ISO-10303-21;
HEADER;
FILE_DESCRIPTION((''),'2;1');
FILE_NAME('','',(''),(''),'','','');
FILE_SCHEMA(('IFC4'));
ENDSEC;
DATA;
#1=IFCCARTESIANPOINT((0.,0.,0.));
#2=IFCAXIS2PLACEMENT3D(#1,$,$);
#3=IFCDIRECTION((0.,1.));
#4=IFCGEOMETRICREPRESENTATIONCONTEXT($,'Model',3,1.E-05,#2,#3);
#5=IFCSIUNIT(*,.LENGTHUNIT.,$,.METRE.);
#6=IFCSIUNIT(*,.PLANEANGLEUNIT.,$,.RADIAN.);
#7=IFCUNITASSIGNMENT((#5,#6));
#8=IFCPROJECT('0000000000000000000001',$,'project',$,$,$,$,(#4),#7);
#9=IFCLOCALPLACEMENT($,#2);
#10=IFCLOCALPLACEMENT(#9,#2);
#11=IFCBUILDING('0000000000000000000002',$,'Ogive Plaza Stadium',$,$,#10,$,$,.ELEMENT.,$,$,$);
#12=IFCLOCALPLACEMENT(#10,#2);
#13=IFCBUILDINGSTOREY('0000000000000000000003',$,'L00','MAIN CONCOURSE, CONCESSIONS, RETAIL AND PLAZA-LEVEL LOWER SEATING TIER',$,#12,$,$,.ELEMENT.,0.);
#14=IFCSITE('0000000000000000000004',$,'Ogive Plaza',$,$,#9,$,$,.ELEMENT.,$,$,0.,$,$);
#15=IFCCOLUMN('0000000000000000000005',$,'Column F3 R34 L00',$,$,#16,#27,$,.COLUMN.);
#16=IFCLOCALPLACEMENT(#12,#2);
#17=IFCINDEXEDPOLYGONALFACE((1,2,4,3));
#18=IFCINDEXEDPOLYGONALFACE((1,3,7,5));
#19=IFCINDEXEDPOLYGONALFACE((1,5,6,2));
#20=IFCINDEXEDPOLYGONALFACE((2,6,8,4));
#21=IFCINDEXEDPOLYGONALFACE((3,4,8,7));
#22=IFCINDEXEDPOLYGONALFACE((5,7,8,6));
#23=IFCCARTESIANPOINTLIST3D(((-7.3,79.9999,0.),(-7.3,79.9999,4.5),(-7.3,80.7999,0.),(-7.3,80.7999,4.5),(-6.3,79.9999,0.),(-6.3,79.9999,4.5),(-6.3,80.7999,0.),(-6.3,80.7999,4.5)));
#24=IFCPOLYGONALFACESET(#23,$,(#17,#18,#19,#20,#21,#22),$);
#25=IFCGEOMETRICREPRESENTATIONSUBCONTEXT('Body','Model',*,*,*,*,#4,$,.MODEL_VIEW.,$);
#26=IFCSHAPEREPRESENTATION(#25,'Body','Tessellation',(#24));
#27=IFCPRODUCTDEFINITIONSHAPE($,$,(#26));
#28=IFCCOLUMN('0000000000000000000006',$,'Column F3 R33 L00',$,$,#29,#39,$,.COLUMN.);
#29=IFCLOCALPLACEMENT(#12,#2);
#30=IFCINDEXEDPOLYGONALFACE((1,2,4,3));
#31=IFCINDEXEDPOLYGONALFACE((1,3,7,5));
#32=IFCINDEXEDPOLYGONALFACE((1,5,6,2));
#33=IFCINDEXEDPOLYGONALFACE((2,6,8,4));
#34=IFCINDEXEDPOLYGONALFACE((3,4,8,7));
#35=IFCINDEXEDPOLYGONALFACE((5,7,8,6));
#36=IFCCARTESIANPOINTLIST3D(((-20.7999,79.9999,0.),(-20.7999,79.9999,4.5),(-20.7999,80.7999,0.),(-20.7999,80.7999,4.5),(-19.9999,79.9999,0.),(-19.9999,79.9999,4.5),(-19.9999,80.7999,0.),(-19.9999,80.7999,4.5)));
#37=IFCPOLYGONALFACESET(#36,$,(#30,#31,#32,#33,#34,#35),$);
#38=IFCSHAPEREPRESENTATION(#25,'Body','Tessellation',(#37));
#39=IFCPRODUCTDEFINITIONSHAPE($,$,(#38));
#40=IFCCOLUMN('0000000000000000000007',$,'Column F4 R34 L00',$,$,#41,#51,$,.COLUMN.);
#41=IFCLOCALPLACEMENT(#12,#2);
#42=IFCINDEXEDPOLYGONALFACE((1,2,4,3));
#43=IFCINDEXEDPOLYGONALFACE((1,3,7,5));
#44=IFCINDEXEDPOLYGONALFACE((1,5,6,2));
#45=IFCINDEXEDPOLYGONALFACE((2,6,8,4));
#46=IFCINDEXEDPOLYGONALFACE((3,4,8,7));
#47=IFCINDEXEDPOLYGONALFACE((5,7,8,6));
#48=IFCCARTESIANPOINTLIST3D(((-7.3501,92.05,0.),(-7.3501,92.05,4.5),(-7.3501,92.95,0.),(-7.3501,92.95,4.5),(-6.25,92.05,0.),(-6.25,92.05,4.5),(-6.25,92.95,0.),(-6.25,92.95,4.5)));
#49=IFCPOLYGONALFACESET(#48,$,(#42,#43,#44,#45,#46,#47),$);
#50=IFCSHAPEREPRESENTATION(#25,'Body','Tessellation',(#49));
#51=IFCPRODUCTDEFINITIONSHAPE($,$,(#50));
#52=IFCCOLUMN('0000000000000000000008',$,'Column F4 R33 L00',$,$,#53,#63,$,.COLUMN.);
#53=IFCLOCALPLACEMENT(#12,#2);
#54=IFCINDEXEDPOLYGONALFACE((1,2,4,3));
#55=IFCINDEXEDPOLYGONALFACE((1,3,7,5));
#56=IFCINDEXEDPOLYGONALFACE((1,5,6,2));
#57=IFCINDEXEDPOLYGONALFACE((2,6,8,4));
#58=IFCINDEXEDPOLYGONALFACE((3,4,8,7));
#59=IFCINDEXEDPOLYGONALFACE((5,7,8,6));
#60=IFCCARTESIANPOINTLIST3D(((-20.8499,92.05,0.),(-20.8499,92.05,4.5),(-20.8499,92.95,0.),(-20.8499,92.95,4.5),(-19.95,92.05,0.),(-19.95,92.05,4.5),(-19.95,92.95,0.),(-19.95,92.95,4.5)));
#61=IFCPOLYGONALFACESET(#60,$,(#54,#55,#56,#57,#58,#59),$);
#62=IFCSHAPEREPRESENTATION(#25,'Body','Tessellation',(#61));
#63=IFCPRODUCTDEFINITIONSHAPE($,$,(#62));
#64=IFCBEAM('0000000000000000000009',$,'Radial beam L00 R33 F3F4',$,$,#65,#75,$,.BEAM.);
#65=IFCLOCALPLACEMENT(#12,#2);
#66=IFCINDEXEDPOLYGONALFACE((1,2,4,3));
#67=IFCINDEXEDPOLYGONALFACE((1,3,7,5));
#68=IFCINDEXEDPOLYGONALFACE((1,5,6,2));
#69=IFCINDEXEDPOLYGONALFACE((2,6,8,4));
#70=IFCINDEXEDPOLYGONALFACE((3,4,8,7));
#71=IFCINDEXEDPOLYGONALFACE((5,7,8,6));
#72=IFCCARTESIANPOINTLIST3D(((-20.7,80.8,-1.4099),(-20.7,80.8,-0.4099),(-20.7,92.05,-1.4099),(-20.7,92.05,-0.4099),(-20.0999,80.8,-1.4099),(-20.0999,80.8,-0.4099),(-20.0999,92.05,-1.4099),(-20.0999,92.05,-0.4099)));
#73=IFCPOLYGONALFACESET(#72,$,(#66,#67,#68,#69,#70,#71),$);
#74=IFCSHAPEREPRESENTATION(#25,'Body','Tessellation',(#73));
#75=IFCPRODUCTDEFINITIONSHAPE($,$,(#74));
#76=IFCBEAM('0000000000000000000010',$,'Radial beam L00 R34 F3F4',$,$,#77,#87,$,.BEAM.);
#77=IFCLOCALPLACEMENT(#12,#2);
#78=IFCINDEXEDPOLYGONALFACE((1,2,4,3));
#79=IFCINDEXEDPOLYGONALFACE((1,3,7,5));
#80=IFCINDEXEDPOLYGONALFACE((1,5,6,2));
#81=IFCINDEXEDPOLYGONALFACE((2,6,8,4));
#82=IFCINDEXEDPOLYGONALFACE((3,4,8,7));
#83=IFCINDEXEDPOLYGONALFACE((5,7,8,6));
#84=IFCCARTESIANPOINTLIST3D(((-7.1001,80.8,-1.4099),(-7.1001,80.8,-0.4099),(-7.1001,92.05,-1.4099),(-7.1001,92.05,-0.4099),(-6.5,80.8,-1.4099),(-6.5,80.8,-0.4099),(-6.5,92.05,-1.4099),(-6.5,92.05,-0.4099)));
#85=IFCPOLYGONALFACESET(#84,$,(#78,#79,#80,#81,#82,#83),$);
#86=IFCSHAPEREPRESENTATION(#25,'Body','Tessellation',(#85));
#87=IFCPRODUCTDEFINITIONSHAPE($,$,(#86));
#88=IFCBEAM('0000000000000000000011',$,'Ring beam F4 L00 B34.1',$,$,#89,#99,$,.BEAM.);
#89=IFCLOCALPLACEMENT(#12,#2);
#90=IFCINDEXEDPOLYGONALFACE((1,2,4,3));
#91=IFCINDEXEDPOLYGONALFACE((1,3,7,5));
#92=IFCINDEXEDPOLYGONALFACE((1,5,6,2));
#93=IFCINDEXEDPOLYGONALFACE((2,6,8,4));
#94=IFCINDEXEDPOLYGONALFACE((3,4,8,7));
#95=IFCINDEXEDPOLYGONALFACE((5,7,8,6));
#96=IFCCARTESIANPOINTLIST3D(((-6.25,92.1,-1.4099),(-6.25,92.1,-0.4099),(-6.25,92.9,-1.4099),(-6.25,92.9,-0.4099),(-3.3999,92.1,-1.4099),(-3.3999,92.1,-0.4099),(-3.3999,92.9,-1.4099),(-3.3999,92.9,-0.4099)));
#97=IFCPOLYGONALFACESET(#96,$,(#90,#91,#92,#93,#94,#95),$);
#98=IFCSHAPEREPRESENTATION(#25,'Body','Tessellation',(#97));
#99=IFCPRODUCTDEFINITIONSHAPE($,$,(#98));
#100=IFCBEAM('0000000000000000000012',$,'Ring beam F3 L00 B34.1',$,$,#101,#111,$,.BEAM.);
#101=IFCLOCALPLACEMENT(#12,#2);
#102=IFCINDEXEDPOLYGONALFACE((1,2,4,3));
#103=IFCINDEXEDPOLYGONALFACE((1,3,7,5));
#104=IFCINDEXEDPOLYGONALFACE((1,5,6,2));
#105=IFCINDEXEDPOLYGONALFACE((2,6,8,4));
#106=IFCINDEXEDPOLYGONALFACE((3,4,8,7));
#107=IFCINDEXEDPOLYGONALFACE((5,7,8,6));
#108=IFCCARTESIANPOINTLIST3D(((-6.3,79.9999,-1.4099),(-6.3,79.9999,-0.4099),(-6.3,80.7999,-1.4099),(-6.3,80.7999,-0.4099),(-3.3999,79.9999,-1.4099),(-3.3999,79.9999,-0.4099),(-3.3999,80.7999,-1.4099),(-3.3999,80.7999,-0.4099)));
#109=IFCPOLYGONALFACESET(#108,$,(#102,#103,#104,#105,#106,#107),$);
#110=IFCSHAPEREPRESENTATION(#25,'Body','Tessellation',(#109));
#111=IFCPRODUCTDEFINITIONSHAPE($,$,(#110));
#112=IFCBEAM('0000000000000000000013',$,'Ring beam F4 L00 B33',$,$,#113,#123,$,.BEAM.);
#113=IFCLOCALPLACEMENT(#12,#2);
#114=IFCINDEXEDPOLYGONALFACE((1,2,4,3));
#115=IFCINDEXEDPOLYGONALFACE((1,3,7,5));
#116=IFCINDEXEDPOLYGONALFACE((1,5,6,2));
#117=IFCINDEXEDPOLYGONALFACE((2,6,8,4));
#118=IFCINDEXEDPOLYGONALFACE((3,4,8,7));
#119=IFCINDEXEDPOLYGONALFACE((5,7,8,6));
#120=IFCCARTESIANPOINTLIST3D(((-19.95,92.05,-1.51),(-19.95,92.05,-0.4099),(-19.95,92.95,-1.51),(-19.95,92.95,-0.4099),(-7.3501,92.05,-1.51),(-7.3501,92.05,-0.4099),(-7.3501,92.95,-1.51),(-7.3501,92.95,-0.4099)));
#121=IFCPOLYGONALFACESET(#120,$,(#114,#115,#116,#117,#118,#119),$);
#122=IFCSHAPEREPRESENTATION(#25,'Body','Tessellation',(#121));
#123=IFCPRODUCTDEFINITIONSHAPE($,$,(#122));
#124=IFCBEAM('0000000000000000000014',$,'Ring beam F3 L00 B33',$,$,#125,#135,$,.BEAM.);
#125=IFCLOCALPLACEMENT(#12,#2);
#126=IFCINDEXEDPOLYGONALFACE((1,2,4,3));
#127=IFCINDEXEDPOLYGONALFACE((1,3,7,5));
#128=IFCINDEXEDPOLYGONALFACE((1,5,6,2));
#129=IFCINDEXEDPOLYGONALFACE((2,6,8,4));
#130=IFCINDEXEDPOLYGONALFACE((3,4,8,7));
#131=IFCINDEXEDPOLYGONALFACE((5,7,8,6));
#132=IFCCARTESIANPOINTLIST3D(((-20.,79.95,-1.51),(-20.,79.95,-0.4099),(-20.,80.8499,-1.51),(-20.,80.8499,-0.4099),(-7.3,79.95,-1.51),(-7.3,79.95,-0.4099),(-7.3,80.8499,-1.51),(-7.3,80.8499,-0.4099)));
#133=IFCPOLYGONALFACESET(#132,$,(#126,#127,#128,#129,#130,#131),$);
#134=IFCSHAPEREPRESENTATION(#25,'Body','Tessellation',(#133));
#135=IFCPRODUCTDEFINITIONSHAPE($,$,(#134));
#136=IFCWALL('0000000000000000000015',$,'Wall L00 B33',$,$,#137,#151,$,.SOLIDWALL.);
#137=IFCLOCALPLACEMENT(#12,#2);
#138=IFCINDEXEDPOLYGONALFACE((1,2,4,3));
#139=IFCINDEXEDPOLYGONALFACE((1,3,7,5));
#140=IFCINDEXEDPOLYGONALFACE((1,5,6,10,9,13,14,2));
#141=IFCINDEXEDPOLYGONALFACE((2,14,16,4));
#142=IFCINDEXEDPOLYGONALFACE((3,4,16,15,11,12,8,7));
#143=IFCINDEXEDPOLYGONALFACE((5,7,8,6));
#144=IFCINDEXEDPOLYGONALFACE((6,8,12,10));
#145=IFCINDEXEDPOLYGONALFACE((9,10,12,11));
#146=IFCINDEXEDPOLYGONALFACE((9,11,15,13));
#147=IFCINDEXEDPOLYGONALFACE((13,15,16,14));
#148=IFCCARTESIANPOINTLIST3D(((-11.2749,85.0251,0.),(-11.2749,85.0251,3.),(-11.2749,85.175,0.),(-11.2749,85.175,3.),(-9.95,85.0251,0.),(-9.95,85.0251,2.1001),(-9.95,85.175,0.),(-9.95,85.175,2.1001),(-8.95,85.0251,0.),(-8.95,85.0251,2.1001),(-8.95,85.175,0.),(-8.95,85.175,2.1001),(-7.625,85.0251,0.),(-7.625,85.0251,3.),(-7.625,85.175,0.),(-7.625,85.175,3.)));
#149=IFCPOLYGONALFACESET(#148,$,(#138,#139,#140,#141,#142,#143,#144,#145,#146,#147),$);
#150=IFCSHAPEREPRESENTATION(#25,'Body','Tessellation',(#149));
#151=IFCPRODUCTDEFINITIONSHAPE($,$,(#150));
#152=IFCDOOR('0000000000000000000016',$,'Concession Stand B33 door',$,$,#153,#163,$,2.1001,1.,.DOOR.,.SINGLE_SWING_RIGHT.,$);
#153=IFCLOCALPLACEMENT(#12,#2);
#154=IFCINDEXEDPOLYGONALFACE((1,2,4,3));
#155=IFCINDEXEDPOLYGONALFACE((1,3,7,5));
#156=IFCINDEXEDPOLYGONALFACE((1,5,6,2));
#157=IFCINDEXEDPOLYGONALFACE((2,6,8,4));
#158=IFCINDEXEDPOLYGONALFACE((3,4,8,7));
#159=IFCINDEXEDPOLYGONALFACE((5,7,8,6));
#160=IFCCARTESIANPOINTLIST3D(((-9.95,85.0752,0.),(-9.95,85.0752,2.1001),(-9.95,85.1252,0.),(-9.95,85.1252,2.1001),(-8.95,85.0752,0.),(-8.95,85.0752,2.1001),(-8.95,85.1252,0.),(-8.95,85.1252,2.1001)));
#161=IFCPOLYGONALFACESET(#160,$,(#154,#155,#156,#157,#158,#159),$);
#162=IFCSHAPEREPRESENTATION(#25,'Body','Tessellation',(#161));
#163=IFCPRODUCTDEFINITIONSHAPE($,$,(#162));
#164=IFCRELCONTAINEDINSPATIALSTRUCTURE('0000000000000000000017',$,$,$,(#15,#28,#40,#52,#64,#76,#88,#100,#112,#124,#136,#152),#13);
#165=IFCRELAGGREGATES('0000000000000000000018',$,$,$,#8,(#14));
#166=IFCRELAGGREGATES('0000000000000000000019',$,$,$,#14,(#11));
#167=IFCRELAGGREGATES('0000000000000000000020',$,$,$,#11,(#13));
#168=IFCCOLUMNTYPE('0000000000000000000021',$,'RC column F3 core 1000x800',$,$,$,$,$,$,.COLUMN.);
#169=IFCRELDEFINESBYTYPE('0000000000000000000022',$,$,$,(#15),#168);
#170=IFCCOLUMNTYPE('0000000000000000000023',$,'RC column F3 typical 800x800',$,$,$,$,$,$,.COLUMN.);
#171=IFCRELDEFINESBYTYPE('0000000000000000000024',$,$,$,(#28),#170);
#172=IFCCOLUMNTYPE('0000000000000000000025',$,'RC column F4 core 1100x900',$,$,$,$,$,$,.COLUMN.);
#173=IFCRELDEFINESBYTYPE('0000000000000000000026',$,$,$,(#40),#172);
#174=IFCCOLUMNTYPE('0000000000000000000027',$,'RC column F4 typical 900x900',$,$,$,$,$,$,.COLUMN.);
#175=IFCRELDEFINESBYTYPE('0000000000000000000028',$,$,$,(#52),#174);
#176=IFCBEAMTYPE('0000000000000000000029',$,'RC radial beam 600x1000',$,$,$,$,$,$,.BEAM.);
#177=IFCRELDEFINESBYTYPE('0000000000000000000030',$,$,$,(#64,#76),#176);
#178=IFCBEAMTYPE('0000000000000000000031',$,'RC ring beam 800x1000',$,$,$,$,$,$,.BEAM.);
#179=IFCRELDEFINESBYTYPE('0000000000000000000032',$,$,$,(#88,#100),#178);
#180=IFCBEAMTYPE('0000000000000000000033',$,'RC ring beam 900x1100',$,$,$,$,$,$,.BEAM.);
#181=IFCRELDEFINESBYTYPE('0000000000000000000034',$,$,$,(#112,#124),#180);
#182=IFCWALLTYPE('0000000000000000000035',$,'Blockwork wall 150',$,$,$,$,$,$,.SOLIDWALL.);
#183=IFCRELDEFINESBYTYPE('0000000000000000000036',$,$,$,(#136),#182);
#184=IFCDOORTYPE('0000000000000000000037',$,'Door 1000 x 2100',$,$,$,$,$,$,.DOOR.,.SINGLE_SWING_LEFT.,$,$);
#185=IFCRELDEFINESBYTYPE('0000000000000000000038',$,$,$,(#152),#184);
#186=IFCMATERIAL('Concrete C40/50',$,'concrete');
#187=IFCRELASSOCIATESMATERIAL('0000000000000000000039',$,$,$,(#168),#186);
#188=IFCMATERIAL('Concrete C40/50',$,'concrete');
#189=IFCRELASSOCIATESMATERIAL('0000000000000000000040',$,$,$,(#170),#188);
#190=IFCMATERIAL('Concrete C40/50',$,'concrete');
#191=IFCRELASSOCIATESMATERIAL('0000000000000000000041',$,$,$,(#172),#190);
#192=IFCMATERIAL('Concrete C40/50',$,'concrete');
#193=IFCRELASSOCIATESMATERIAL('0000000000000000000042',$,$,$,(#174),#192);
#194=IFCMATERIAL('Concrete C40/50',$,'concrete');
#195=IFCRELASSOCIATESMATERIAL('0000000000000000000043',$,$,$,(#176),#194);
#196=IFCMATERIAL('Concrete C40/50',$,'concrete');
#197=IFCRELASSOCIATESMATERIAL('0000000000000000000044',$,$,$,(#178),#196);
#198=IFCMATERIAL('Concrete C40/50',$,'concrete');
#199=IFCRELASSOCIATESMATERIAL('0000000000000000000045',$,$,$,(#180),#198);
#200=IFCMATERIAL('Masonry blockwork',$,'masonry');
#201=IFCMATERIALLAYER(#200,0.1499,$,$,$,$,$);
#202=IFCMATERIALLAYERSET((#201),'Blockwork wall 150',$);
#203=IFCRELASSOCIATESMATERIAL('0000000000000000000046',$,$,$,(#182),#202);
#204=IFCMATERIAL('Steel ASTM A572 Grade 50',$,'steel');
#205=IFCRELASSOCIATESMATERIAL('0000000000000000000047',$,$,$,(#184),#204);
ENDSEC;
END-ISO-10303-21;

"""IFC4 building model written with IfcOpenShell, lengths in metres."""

from ifc_helpers import new_model, si_unit, direction, frame, frame_2d, origin, origin_2d, place, context, subcontext, project, spatial, rectangle, extrude, material, layer, layer_set, material_profile, profile_set, type_object, element, fill, save


model = new_model("IFC4")

# Units and contexts
model_context = context("Model", 3, precision=1e-05, world=origin(), true_north=direction((0.0, 1.0)))
body_context = subcontext(model_context, "Body", "Model", "MODEL_VIEW")
ifc_project = project(units=[si_unit("LENGTHUNIT", "METRE"), si_unit("PLANEANGLEUNIT", "RADIAN")], contexts=[model_context])

# Site, building, storey
site_placement = place(None, origin())
site = spatial("IfcSite", under=ifc_project, at=site_placement, Name="Ogive Plaza", CompositionType="ELEMENT", RefElevation=0.0)
building_placement = place(site_placement, origin())
building = spatial("IfcBuilding", under=site, at=building_placement, Name="Ogive Plaza Stadium", CompositionType="ELEMENT")
storey_placement = place(building_placement, origin())
storey = spatial("IfcBuildingStorey", under=building, at=storey_placement, Name="L00", Description="MAIN CONCOURSE, CONCESSIONS, RETAIL AND PLAZA-LEVEL LOWER SEATING TIER", CompositionType="ELEMENT", Elevation=0.0)

# Columns
ifc_material_1 = material(Name="Concrete C40/50", Category="concrete")
ifc_material_profile_1 = material_profile(ifc_material_1, rectangle(XDim=1.0, YDim=0.8, at=origin_2d()), Name="RC 1000x800")
ifc_profile_set_1 = profile_set([ifc_material_profile_1], Name="Concrete C40/50")
column_type_1 = type_object("IfcColumnType", Name="RC column F3 core 1000x800", PredefinedType="COLUMN", material=ifc_profile_set_1)
column_1_placement = place(storey_placement, frame((-6.8, 80.3999, 0.0), z_axis=(0.0, 0.0, 1.0), x_axis=(-1.0, 0.0, 0.0)))
element("IfcColumn", 1, at=column_1_placement, inside=storey, type_object=column_type_1, Name="Column F3 R34 L00", PredefinedType="COLUMN", context=body_context, shape_type="SweptSolid", body=[
    extrude(rectangle(XDim=1.0, YDim=0.8, at=origin_2d()), origin(), (0.0, 0.0, 1.0), 4.5),
])
ifc_material_2 = material(Name="Concrete C40/50", Category="concrete")
ifc_material_profile_2 = material_profile(ifc_material_2, rectangle(XDim=0.8, YDim=0.8, at=origin_2d()), Name="RC 800x800")
ifc_profile_set_2 = profile_set([ifc_material_profile_2], Name="Concrete C40/50")
column_type_2 = type_object("IfcColumnType", Name="RC column F3 typical 800x800", PredefinedType="COLUMN", material=ifc_profile_set_2)
column_2_placement = place(storey_placement, frame((-20.3999, 80.3999, 0.0), z_axis=(0.0, 0.0, 1.0), x_axis=(-1.0, 0.0, 0.0)))
element("IfcColumn", 2, at=column_2_placement, inside=storey, type_object=column_type_2, Name="Column F3 R33 L00", PredefinedType="COLUMN", context=body_context, shape_type="SweptSolid", body=[
    extrude(rectangle(XDim=0.8, YDim=0.8, at=origin_2d()), origin(), (0.0, 0.0, 1.0), 4.5),
])
ifc_material_3 = material(Name="Concrete C40/50", Category="concrete")
ifc_material_profile_3 = material_profile(ifc_material_3, rectangle(XDim=1.1001, YDim=0.8999, at=origin_2d()), Name="RC 1100x900")
ifc_profile_set_3 = profile_set([ifc_material_profile_3], Name="Concrete C40/50")
column_type_3 = type_object("IfcColumnType", Name="RC column F4 core 1100x900", PredefinedType="COLUMN", material=ifc_profile_set_3)
column_3_placement = place(storey_placement, frame((-6.8, 92.5, 0.0), z_axis=(0.0, 0.0, 1.0), x_axis=(-1.0, 0.0, 0.0)))
element("IfcColumn", 3, at=column_3_placement, inside=storey, type_object=column_type_3, Name="Column F4 R34 L00", PredefinedType="COLUMN", context=body_context, shape_type="SweptSolid", body=[
    extrude(rectangle(XDim=1.1001, YDim=0.8999, at=origin_2d()), origin(), (0.0, 0.0, 1.0), 4.5),
])
ifc_material_4 = material(Name="Concrete C40/50", Category="concrete")
ifc_material_profile_4 = material_profile(ifc_material_4, rectangle(XDim=0.8999, YDim=0.8999, at=origin_2d()), Name="RC 900x900")
ifc_profile_set_4 = profile_set([ifc_material_profile_4], Name="Concrete C40/50")
column_type_4 = type_object("IfcColumnType", Name="RC column F4 typical 900x900", PredefinedType="COLUMN", material=ifc_profile_set_4)
column_4_placement = place(storey_placement, frame((-20.3999, 92.5, 0.0), z_axis=(0.0, 0.0, 1.0), x_axis=(-1.0, 0.0, 0.0)))
element("IfcColumn", 4, at=column_4_placement, inside=storey, type_object=column_type_4, Name="Column F4 R33 L00", PredefinedType="COLUMN", context=body_context, shape_type="SweptSolid", body=[
    extrude(rectangle(XDim=0.8999, YDim=0.8999, at=origin_2d()), origin(), (0.0, 0.0, 1.0), 4.5),
])

# Beams
ifc_material_5 = material(Name="Concrete C40/50", Category="concrete")
ifc_material_profile_5 = material_profile(ifc_material_5, rectangle(XDim=0.6001, YDim=1.0, at=origin_2d()), Name="RC 600x1000")
ifc_profile_set_5 = profile_set([ifc_material_profile_5], Name="Concrete C40/50")
beam_type_1 = type_object("IfcBeamType", Name="RC radial beam 600x1000", PredefinedType="BEAM", material=ifc_profile_set_5)
for number, where, z_axis, x_axis, name in (
    (5, (-20.3999, 80.8, -0.9099), (0.0, 1.0, 0.0), (-1.0, 0.0, 0.0), "Radial beam L00 R33 F3F4"),
    (6, (-6.8, 80.8, -0.9099), (0.0, 1.0, 0.0), (-1.0, 0.0, 0.0), "Radial beam L00 R34 F3F4"),
):
    element("IfcBeam", number, at=place(storey_placement, frame(where, z_axis=z_axis, x_axis=x_axis)), inside=storey, type_object=beam_type_1, Name=name, PredefinedType="BEAM", context=body_context, shape_type="SweptSolid", body=[
        extrude(rectangle(XDim=0.6001, YDim=1.0, at=origin_2d()), origin(), (0.0, 0.0, 1.0), 11.25),
    ])
ifc_material_6 = material(Name="Concrete C40/50", Category="concrete")
ifc_material_profile_6 = material_profile(ifc_material_6, rectangle(XDim=0.8, YDim=1.0, at=origin_2d()), Name="RC 800x1000")
ifc_profile_set_6 = profile_set([ifc_material_profile_6], Name="Concrete C40/50")
beam_type_2 = type_object("IfcBeamType", Name="RC ring beam 800x1000", PredefinedType="BEAM", material=ifc_profile_set_6)
beam_1_placement = place(storey_placement, frame((-6.25, 92.5, -0.9099), z_axis=(1.0, 0.0, 0.0), x_axis=(0.0, 1.0, 0.0)))
element("IfcBeam", 7, at=beam_1_placement, inside=storey, type_object=beam_type_2, Name="Ring beam F4 L00 B34.1", PredefinedType="BEAM", context=body_context, shape_type="SweptSolid", body=[
    extrude(rectangle(XDim=0.8, YDim=1.0, at=origin_2d()), origin(), (0.0, 0.0, 1.0), 2.8501),
])
beam_2_placement = place(storey_placement, frame((-6.3, 80.3999, -0.9099), z_axis=(1.0, 0.0, 0.0), x_axis=(0.0, 1.0, 0.0)))
element("IfcBeam", 8, at=beam_2_placement, inside=storey, type_object=beam_type_2, Name="Ring beam F3 L00 B34.1", PredefinedType="BEAM", context=body_context, shape_type="SweptSolid", body=[
    extrude(rectangle(XDim=0.8, YDim=1.0, at=origin_2d()), origin(), (0.0, 0.0, 1.0), 2.9001),
])
ifc_material_7 = material(Name="Concrete C40/50", Category="concrete")
ifc_material_profile_7 = material_profile(ifc_material_7, rectangle(XDim=0.8999, YDim=1.1001, at=origin_2d()), Name="RC 900x1100")
ifc_profile_set_7 = profile_set([ifc_material_profile_7], Name="Concrete C40/50")
beam_type_3 = type_object("IfcBeamType", Name="RC ring beam 900x1100", PredefinedType="BEAM", material=ifc_profile_set_7)
beam_3_placement = place(storey_placement, frame((-19.95, 92.5, -0.96), z_axis=(1.0, 0.0, 0.0), x_axis=(0.0, 1.0, 0.0)))
element("IfcBeam", 9, at=beam_3_placement, inside=storey, type_object=beam_type_3, Name="Ring beam F4 L00 B33", PredefinedType="BEAM", context=body_context, shape_type="SweptSolid", body=[
    extrude(rectangle(XDim=0.8999, YDim=1.1001, at=origin_2d()), origin(), (0.0, 0.0, 1.0), 12.5999),
])
beam_4_placement = place(storey_placement, frame((-20.0, 80.3999, -0.96), z_axis=(1.0, 0.0, 0.0), x_axis=(0.0, 1.0, 0.0)))
element("IfcBeam", 10, at=beam_4_placement, inside=storey, type_object=beam_type_3, Name="Ring beam F3 L00 B33", PredefinedType="BEAM", context=body_context, shape_type="SweptSolid", body=[
    extrude(rectangle(XDim=0.8999, YDim=1.1001, at=origin_2d()), origin(), (0.0, 0.0, 1.0), 12.7),
])

# Wall, opening, door
ifc_material_8 = material(Name="Masonry blockwork", Category="masonry")
ifc_layer_1 = layer(ifc_material_8, 0.1499)
ifc_layer_set_1 = layer_set([ifc_layer_1], Name="Blockwork wall 150")
wall_type_1 = type_object("IfcWallType", Name="Blockwork wall 150", PredefinedType="SOLIDWALL", material=ifc_layer_set_1)
wall_1_placement = place(storey_placement, frame((-7.625, 85.1001, 0.0), z_axis=(0.0, 0.0, 1.0), x_axis=(-1.0, 0.0, 0.0)))
wall_1 = element("IfcWall", 11, at=wall_1_placement, inside=storey, type_object=wall_type_1, Name="Wall L00 B33", PredefinedType="SOLIDWALL", context=body_context, shape_type="SweptSolid", body=[
    extrude(rectangle(XDim=3.6499, YDim=0.1499, at=frame_2d((1.825, 0.0))), origin(), (0.0, 0.0, 1.0), 3.0),
])
opening_1_placement = place(wall_1_placement, frame((1.325, 0.0, 0.0)))
opening_1 = element("IfcOpeningElement", 12, at=opening_1_placement, cuts=wall_1, PredefinedType="OPENING", context=body_context, shape_type="SweptSolid", body=[
    extrude(rectangle(XDim=1.0, YDim=2.1001, at=frame_2d((0.5, 1.05))), frame((0.0, 0.075, 0.0), z_axis=(0.0, -1.0, 0.0), x_axis=(1.0, 0.0, 0.0)), (0.0, 0.0, 1.0), 0.1499),
])
ifc_material_9 = material(Name="Steel ASTM A572 Grade 50", Category="steel")
door_type_1 = type_object("IfcDoorType", Name="Door 1000 x 2100", OperationType="SINGLE_SWING_LEFT", PredefinedType="DOOR", material=ifc_material_9)
door_1_placement = place(opening_1_placement, origin())
door_1 = element("IfcDoor", 13, at=door_1_placement, inside=storey, type_object=door_type_1, Name="Concession Stand B33 door", OperationType="SINGLE_SWING_RIGHT", OverallHeight=2.1001, OverallWidth=1.0, PredefinedType="DOOR", context=body_context, shape_type="SweptSolid", body=[
    extrude(rectangle(XDim=1.0, YDim=2.1001, at=frame_2d((0.5, 1.05))), frame((0.0, 0.0249, 0.0), z_axis=(0.0, -1.0, 0.0), x_axis=(1.0, 0.0, 0.0)), (0.0, 0.0, 1.0), 0.05),
])
fill(opening_1, door_1)

save(model, "model.ifc")
